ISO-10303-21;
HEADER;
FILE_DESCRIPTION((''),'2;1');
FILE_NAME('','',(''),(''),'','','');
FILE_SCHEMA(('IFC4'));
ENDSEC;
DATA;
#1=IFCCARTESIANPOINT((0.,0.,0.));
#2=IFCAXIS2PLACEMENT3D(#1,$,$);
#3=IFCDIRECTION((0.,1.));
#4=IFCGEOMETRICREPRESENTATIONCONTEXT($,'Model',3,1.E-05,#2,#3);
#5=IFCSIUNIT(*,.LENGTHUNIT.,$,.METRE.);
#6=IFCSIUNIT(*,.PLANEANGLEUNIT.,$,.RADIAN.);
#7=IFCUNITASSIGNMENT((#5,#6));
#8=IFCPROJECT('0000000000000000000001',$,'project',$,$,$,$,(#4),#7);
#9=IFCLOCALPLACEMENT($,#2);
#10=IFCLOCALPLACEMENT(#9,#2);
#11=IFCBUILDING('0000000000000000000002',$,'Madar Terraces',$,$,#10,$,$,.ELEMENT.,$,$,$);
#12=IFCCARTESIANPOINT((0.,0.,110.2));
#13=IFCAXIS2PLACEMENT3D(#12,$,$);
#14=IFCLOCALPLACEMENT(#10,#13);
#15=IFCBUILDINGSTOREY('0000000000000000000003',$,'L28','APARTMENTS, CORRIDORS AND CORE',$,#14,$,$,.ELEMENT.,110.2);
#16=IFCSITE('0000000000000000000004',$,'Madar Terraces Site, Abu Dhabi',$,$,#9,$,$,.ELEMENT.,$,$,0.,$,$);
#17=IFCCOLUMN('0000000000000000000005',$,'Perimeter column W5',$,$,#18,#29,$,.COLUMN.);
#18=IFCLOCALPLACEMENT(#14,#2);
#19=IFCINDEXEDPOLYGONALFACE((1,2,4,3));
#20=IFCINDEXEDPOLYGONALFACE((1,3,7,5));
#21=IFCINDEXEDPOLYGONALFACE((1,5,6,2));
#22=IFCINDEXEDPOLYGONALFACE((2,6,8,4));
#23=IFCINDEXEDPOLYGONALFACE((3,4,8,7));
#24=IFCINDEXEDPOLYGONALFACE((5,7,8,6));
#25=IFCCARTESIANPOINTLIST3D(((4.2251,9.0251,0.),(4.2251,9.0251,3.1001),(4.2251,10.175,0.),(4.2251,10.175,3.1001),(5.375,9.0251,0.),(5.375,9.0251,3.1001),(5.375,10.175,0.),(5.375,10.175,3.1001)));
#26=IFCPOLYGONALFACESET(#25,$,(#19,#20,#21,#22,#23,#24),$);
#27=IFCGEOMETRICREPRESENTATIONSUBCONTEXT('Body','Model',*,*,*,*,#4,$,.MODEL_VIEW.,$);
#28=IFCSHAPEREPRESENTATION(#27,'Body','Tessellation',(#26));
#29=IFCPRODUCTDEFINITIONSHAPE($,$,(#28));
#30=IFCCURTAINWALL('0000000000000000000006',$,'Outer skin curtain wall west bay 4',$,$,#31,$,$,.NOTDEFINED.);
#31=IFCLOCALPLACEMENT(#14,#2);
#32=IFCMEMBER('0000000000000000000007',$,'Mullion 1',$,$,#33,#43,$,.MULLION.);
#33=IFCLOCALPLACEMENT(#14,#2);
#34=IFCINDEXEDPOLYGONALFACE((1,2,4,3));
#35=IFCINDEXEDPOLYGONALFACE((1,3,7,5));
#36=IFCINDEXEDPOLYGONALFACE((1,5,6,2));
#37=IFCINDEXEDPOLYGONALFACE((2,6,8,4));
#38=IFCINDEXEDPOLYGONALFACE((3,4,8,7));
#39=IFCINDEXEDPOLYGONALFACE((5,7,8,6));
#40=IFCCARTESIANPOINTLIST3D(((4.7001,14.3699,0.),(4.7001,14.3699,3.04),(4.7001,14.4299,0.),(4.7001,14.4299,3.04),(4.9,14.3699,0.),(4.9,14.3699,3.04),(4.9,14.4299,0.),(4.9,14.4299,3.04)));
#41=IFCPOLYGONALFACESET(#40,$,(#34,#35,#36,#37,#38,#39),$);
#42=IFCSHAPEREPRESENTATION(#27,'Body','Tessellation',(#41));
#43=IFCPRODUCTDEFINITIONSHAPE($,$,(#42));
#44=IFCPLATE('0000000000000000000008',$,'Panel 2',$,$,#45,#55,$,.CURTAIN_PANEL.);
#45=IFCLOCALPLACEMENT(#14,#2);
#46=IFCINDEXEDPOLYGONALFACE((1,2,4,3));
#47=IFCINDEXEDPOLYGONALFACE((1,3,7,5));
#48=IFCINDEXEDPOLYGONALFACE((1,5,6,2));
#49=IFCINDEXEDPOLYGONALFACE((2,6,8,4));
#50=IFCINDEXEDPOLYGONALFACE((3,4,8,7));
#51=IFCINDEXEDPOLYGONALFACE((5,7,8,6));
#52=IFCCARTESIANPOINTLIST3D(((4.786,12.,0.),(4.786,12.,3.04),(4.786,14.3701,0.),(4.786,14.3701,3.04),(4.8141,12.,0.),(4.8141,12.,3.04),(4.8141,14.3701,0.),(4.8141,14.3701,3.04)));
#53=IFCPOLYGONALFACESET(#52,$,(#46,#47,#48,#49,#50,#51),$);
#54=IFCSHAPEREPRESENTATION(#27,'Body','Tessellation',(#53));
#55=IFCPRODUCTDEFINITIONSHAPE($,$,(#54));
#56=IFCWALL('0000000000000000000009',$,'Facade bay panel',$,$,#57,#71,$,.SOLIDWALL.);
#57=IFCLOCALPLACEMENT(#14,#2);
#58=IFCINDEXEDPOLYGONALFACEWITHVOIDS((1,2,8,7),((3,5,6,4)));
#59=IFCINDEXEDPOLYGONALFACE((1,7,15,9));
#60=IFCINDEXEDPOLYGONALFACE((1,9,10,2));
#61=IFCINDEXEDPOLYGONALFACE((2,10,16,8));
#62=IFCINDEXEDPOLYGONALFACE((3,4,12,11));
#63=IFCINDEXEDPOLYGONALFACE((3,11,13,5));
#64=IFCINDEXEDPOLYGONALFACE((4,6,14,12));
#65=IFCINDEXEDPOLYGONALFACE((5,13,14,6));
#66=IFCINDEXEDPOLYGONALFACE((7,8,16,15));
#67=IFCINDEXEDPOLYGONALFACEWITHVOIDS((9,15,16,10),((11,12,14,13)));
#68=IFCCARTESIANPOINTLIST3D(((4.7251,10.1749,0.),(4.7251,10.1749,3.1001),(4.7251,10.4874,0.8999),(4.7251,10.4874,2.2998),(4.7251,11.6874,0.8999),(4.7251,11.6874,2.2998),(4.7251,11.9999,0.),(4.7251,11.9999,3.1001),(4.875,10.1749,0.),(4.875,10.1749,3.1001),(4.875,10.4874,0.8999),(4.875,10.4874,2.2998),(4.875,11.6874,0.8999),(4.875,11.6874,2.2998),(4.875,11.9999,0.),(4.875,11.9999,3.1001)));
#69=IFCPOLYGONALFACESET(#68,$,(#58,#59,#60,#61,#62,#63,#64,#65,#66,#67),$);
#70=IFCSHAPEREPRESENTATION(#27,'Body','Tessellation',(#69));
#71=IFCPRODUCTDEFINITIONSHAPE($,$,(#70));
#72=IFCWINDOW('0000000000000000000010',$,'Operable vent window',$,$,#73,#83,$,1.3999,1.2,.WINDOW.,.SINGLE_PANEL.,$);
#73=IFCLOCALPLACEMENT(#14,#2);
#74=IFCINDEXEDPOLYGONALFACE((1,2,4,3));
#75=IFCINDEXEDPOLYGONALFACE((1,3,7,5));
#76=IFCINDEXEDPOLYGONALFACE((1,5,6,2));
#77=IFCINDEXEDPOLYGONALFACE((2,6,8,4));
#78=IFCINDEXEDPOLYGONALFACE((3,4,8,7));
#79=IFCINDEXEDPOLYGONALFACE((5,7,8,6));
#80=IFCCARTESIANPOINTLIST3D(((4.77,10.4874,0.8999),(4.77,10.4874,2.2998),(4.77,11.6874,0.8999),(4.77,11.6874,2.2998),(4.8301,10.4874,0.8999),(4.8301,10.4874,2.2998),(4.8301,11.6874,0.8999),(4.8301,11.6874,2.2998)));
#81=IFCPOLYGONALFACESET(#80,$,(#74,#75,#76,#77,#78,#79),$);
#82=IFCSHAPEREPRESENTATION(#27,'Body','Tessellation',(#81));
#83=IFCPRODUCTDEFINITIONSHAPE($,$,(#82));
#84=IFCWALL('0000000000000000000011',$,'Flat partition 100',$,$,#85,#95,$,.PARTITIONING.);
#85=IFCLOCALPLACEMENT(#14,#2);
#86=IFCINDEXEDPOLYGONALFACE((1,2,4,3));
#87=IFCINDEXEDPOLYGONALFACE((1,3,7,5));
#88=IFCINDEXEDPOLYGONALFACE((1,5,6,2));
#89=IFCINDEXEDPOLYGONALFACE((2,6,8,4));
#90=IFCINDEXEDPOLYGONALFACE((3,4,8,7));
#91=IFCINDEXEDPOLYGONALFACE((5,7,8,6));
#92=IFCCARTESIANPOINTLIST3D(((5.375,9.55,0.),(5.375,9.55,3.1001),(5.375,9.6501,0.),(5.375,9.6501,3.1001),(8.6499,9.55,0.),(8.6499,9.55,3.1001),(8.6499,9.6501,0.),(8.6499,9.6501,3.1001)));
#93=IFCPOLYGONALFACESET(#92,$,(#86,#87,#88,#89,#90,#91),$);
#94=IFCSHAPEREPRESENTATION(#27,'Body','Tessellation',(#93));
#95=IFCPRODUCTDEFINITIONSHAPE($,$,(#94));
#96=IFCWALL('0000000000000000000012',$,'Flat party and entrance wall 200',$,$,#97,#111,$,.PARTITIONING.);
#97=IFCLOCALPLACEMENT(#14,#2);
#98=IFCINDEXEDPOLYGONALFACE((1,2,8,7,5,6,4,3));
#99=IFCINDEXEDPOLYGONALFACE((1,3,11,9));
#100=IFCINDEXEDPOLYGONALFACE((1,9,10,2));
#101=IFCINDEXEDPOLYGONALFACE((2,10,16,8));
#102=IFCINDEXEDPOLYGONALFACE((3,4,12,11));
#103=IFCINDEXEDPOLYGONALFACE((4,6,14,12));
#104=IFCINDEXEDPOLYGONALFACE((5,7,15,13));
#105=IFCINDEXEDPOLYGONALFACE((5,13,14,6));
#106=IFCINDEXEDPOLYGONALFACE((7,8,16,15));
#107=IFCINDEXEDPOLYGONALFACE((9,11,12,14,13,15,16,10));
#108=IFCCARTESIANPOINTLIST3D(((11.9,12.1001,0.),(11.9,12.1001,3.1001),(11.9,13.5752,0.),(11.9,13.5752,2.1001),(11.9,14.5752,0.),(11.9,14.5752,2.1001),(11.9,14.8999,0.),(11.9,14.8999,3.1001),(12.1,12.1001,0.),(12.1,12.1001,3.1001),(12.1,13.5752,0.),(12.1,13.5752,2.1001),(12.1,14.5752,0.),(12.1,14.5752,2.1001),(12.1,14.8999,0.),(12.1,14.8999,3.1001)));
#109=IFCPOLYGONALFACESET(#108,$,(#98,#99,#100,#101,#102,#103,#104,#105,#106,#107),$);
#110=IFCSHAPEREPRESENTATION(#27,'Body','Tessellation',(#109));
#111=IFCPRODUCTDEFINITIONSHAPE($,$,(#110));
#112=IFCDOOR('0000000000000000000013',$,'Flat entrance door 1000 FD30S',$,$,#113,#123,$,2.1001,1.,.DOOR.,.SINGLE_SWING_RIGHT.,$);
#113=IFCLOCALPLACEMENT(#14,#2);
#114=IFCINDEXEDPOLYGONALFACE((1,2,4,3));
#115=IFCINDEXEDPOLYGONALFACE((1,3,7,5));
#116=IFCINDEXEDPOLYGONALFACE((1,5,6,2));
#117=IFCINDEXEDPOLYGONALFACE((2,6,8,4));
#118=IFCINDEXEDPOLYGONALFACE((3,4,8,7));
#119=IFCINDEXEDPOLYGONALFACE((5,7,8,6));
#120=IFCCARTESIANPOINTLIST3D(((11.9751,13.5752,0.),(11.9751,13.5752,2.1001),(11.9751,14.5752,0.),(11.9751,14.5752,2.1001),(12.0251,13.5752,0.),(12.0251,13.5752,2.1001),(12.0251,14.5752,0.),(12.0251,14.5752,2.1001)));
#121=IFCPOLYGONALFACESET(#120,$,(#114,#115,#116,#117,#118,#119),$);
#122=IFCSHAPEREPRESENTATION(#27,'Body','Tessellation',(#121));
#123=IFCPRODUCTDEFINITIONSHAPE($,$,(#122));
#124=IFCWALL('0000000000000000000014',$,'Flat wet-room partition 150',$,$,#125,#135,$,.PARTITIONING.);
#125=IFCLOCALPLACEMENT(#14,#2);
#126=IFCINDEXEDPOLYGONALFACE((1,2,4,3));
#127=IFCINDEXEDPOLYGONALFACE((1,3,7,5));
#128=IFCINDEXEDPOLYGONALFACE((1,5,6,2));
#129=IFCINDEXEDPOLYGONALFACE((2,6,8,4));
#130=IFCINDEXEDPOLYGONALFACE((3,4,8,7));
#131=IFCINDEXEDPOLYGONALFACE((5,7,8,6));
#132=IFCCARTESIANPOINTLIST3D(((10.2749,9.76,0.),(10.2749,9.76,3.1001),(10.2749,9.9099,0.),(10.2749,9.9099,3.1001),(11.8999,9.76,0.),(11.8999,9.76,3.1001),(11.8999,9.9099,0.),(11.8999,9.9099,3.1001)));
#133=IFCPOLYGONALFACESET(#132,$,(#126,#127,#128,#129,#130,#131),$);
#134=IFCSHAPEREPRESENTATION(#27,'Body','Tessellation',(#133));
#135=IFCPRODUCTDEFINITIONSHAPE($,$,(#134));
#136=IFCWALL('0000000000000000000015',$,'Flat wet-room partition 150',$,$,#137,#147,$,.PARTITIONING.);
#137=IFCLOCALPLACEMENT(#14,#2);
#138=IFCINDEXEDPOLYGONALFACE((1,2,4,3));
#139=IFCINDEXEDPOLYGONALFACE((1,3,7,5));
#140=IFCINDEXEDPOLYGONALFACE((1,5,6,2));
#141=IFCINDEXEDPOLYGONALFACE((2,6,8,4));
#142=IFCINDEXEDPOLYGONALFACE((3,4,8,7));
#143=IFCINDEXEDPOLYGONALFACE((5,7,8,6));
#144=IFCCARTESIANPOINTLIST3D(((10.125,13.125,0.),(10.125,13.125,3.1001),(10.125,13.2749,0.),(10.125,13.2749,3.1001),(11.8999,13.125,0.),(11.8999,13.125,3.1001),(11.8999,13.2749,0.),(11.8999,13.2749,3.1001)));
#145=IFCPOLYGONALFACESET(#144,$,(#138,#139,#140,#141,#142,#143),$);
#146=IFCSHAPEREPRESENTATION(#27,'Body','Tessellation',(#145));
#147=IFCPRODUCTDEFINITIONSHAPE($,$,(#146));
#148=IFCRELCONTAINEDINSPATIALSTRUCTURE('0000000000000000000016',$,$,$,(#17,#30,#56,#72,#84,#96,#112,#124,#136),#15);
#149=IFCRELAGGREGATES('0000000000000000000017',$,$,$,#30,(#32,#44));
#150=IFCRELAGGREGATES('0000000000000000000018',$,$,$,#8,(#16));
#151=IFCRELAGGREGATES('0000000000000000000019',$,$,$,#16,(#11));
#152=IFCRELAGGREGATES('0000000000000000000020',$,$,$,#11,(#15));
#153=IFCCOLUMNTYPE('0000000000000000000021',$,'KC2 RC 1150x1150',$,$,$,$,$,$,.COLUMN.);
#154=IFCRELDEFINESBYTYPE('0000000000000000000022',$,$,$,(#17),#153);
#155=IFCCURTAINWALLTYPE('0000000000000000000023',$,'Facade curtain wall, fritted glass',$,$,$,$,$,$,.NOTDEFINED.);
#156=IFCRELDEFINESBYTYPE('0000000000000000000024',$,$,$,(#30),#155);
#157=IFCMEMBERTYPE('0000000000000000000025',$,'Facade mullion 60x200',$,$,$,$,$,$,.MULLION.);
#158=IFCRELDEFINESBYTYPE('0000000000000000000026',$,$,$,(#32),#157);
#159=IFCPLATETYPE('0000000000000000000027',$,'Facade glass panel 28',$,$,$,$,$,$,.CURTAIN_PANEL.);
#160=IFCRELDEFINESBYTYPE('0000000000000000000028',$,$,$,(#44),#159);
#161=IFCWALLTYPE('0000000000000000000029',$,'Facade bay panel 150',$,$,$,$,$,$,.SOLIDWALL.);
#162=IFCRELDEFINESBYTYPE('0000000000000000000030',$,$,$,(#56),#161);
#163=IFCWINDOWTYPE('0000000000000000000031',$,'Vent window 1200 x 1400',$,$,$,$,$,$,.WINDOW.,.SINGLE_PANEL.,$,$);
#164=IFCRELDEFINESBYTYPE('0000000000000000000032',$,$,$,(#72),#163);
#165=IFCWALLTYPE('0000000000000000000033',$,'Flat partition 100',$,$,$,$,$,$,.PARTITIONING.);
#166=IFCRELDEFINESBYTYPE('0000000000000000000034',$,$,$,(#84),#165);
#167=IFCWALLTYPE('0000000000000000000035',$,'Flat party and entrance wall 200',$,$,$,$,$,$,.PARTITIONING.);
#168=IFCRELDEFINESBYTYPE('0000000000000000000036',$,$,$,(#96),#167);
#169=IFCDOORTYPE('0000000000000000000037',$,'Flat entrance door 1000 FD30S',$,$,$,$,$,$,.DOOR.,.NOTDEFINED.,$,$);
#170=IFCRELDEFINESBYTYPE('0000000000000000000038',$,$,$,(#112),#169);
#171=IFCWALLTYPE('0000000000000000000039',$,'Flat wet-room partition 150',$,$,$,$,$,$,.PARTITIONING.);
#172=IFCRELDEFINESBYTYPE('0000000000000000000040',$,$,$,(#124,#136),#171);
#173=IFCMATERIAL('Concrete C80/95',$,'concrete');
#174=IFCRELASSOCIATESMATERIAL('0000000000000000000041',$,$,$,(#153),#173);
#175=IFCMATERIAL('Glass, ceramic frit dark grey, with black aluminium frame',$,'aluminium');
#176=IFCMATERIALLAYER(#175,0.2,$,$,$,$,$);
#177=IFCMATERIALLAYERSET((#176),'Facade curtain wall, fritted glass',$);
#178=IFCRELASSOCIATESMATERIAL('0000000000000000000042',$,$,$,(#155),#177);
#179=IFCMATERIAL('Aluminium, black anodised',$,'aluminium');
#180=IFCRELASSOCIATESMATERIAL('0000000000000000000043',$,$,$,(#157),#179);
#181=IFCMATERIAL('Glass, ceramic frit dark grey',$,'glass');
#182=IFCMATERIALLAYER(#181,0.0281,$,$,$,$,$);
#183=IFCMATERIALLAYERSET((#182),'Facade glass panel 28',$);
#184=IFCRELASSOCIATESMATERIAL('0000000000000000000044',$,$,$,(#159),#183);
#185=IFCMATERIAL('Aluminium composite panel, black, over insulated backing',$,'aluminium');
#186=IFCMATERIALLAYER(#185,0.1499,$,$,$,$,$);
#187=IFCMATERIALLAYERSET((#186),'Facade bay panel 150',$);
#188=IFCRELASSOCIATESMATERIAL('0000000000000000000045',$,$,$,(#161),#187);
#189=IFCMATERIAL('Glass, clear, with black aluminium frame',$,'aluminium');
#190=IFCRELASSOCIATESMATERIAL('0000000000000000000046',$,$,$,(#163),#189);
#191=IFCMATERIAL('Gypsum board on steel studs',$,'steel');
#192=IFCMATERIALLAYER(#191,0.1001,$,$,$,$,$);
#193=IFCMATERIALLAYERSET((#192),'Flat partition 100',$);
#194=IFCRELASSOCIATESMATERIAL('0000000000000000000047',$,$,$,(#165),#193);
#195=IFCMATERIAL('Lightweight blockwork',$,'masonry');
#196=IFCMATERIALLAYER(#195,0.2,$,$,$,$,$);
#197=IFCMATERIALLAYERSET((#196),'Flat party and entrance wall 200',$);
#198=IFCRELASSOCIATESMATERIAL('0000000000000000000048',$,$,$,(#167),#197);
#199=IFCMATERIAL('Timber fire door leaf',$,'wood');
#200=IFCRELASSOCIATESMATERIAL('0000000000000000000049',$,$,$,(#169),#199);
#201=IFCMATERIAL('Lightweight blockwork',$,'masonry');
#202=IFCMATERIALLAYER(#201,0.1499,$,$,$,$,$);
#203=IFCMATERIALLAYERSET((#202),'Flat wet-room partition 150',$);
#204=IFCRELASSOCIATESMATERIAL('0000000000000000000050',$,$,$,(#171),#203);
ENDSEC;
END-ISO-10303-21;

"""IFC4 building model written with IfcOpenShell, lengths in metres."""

from ifc_helpers import new_model, si_unit, direction, frame, frame_2d, origin, origin_2d, place, context, subcontext, project, spatial, rectangle, extrude, material, layer, layer_set, material_profile, profile_set, type_object, element, fill, aggregate, save


model = new_model("IFC4")

# Units and contexts
model_context = context("Model", 3, precision=1e-05, world=origin(), true_north=direction((0.0, 1.0)))
body_context = subcontext(model_context, "Body", "Model", "MODEL_VIEW")
ifc_project = project(units=[si_unit("LENGTHUNIT", "METRE"), si_unit("PLANEANGLEUNIT", "RADIAN")], contexts=[model_context])

# Site, building, storey
site_placement = place(None, origin())
site = spatial("IfcSite", under=ifc_project, at=site_placement, Name="Madar Terraces Site, Abu Dhabi", CompositionType="ELEMENT", RefElevation=0.0)
building_placement = place(site_placement, origin())
building = spatial("IfcBuilding", under=site, at=building_placement, Name="Madar Terraces", CompositionType="ELEMENT")
storey_placement = place(building_placement, frame((0.0, 0.0, 110.2)))
storey = spatial("IfcBuildingStorey", under=building, at=storey_placement, Name="L28", Description="APARTMENTS, CORRIDORS AND CORE", CompositionType="ELEMENT", Elevation=110.2)

# Column
ifc_material_1 = material(Name="Concrete C80/95", Category="concrete")
ifc_material_profile_1 = material_profile(ifc_material_1, rectangle(XDim=1.1499, YDim=1.1499, at=origin_2d()), Name="KC2 RC 1150x1150")
ifc_profile_set_1 = profile_set([ifc_material_profile_1], Name="Concrete C80/95")
column_type = type_object("IfcColumnType", Name="KC2 RC 1150x1150", PredefinedType="COLUMN", material=ifc_profile_set_1)
column_placement = place(storey_placement, frame((4.8, 9.6001, 0.0), z_axis=(0.0, 0.0, 1.0), x_axis=(1.0, 0.0, 0.0)))
element("IfcColumn", 1, at=column_placement, inside=storey, type_object=column_type, Name="Perimeter column W5", PredefinedType="COLUMN", context=body_context, shape_type="SweptSolid", body=[
    extrude(rectangle(XDim=1.1499, YDim=1.1499, at=origin_2d()), origin(), (0.0, 0.0, 1.0), 3.1001),
])

# Curtain wall, member, plate
ifc_material_2 = material(Name="Glass, ceramic frit dark grey, with black aluminium frame", Category="aluminium")
ifc_layer_1 = layer(ifc_material_2, 0.2)
ifc_layer_set_1 = layer_set([ifc_layer_1], Name="Facade curtain wall, fritted glass")
curtain_wall_type = type_object("IfcCurtainWallType", Name="Facade curtain wall, fritted glass", PredefinedType="NOTDEFINED", material=ifc_layer_set_1)
curtain_wall_placement = place(storey_placement, origin())
curtain_wall = element("IfcCurtainWall", 2, at=curtain_wall_placement, inside=storey, type_object=curtain_wall_type, Name="Outer skin curtain wall west bay 4", PredefinedType="NOTDEFINED")
ifc_material_3 = material(Name="Aluminium, black anodised", Category="aluminium")
ifc_material_profile_2 = material_profile(ifc_material_3, rectangle(XDim=0.2, YDim=0.0601, at=origin_2d()), Name="Facade mullion 60x200")
ifc_profile_set_2 = profile_set([ifc_material_profile_2], Name="Aluminium, black anodised")
member_type = type_object("IfcMemberType", Name="Facade mullion 60x200", PredefinedType="MULLION", material=ifc_profile_set_2)
member_placement = place(storey_placement, frame((4.8, 14.3999, 0.0), z_axis=(0.0, 0.0, 1.0), x_axis=(1.0, 0.0, 0.0)))
member = element("IfcMember", 3, at=member_placement, type_object=member_type, Name="Mullion 1", PredefinedType="MULLION", context=body_context, shape_type="SweptSolid", body=[
    extrude(rectangle(XDim=0.2, YDim=0.0601, at=origin_2d()), origin(), (0.0, 0.0, 1.0), 3.04),
])
ifc_material_4 = material(Name="Glass, ceramic frit dark grey", Category="glass")
ifc_layer_2 = layer(ifc_material_4, 0.0281)
ifc_layer_set_2 = layer_set([ifc_layer_2], Name="Facade glass panel 28")
plate_type = type_object("IfcPlateType", Name="Facade glass panel 28", PredefinedType="CURTAIN_PANEL", material=ifc_layer_set_2)
plate_placement = place(storey_placement, frame((4.8, 13.1851, 0.0), z_axis=(0.0, 0.0, 1.0), x_axis=(0.0, -1.0, 0.0)))
plate = element("IfcPlate", 4, at=plate_placement, type_object=plate_type, Name="Panel 2", PredefinedType="CURTAIN_PANEL", context=body_context, shape_type="SweptSolid", body=[
    extrude(rectangle(XDim=2.3701, YDim=0.0281, at=origin_2d()), origin(), (0.0, 0.0, 1.0), 3.04),
])
aggregate(curtain_wall, [member, plate])

# Wall, opening, window
ifc_material_5 = material(Name="Aluminium composite panel, black, over insulated backing", Category="aluminium")
ifc_layer_3 = layer(ifc_material_5, 0.1499)
ifc_layer_set_3 = layer_set([ifc_layer_3], Name="Facade bay panel 150")
wall_type_1 = type_object("IfcWallType", Name="Facade bay panel 150", PredefinedType="SOLIDWALL", material=ifc_layer_set_3)
wall_1_placement = place(storey_placement, frame((4.8, 12.0, 0.0), z_axis=(0.0, 0.0, 1.0), x_axis=(0.0, -1.0, 0.0)))
wall_1 = element("IfcWall", 5, at=wall_1_placement, inside=storey, type_object=wall_type_1, Name="Facade bay panel", PredefinedType="SOLIDWALL", context=body_context, shape_type="SweptSolid", body=[
    extrude(rectangle(XDim=1.825, YDim=0.1499, at=frame_2d((0.9126, 0.0))), origin(), (0.0, 0.0, 1.0), 3.1001),
])
opening_1_placement = place(wall_1_placement, frame((0.3125, 0.0, 0.8999)))
opening_1 = element("IfcOpeningElement", 6, at=opening_1_placement, cuts=wall_1, PredefinedType="OPENING", context=body_context, shape_type="SweptSolid", body=[
    extrude(rectangle(XDim=1.2, YDim=1.3999, at=frame_2d((0.6001, 0.7))), frame((0.0, 0.085, 0.0), z_axis=(0.0, -1.0, 0.0), x_axis=(1.0, 0.0, 0.0)), (0.0, 0.0, 1.0), 0.1699),
])
ifc_material_6 = material(Name="Glass, clear, with black aluminium frame", Category="aluminium")
window_type = type_object("IfcWindowType", Name="Vent window 1200 x 1400", PartitioningType="SINGLE_PANEL", PredefinedType="WINDOW", material=ifc_material_6)
window_placement = place(opening_1_placement, origin())
window = element("IfcWindow", 7, at=window_placement, inside=storey, type_object=window_type, Name="Operable vent window", OverallHeight=1.3999, OverallWidth=1.2, PartitioningType="SINGLE_PANEL", PredefinedType="WINDOW", context=body_context, shape_type="SweptSolid", body=[
    extrude(rectangle(XDim=1.2, YDim=1.3999, at=frame_2d((0.6001, 0.7))), frame((0.0, 0.03, 0.0), z_axis=(0.0, -1.0, 0.0), x_axis=(1.0, 0.0, 0.0)), (0.0, 0.0, 1.0), 0.0601),
])
fill(opening_1, window)

# Wall
ifc_material_7 = material(Name="Gypsum board on steel studs", Category="steel")
ifc_layer_4 = layer(ifc_material_7, 0.1001)
ifc_layer_set_4 = layer_set([ifc_layer_4], Name="Flat partition 100")
wall_type_2 = type_object("IfcWallType", Name="Flat partition 100", PredefinedType="PARTITIONING", material=ifc_layer_set_4)
wall_2_placement = place(storey_placement, frame((8.6499, 9.6001, 0.0), z_axis=(0.0, 0.0, 1.0), x_axis=(-1.0, 0.0, 0.0)))
element("IfcWall", 8, at=wall_2_placement, inside=storey, type_object=wall_type_2, Name="Flat partition 100", PredefinedType="PARTITIONING", context=body_context, shape_type="SweptSolid", body=[
    extrude(rectangle(XDim=3.2749, YDim=0.1001, at=frame_2d((1.6375, 0.0))), origin(), (0.0, 0.0, 1.0), 3.1001),
])

# Wall, opening, door
ifc_material_8 = material(Name="Lightweight blockwork", Category="masonry")
ifc_layer_5 = layer(ifc_material_8, 0.2)
ifc_layer_set_5 = layer_set([ifc_layer_5], Name="Flat party and entrance wall 200")
wall_type_3 = type_object("IfcWallType", Name="Flat party and entrance wall 200", PredefinedType="PARTITIONING", material=ifc_layer_set_5)
wall_3_placement = place(storey_placement, frame((12.0, 12.1001, 0.0), z_axis=(0.0, 0.0, 1.0), x_axis=(0.0, 1.0, 0.0)))
wall_3 = element("IfcWall", 9, at=wall_3_placement, inside=storey, type_object=wall_type_3, Name="Flat party and entrance wall 200", PredefinedType="PARTITIONING", context=body_context, shape_type="SweptSolid", body=[
    extrude(rectangle(XDim=2.7998, YDim=0.2, at=frame_2d((1.3999, 0.0))), origin(), (0.0, 0.0, 1.0), 3.1001),
])
opening_2_placement = place(wall_3_placement, frame((1.4751, 0.0, 0.0)))
opening_2 = element("IfcOpeningElement", 10, at=opening_2_placement, cuts=wall_3, PredefinedType="OPENING", context=body_context, shape_type="SweptSolid", body=[
    extrude(rectangle(XDim=1.0, YDim=2.1001, at=frame_2d((0.5, 1.05))), frame((0.0, 0.1099, 0.0), z_axis=(0.0, -1.0, 0.0), x_axis=(1.0, 0.0, 0.0)), (0.0, 0.0, 1.0), 0.22),
])
ifc_material_9 = material(Name="Timber fire door leaf", Category="wood")
door_type_1 = type_object("IfcDoorType", Name="Flat entrance door 1000 FD30S", OperationType="NOTDEFINED", PredefinedType="DOOR", material=ifc_material_9)
door_1_placement = place(opening_2_placement, origin())
door_1 = element("IfcDoor", 11, at=door_1_placement, inside=storey, type_object=door_type_1, Name="Flat entrance door 1000 FD30S", OperationType="SINGLE_SWING_RIGHT", OverallHeight=2.1001, OverallWidth=1.0, PredefinedType="DOOR", context=body_context, shape_type="SweptSolid", body=[
    extrude(rectangle(XDim=1.0, YDim=2.1001, at=frame_2d((0.5, 1.05))), frame((0.0, 0.0249, 0.0), z_axis=(0.0, -1.0, 0.0), x_axis=(1.0, 0.0, 0.0)), (0.0, 0.0, 1.0), 0.05),
])
fill(opening_2, door_1)

# Walls
ifc_material_10 = material(Name="Lightweight blockwork", Category="masonry")
ifc_layer_6 = layer(ifc_material_10, 0.1499)
ifc_layer_set_6 = layer_set([ifc_layer_6], Name="Flat wet-room partition 150")
wall_type_4 = type_object("IfcWallType", Name="Flat wet-room partition 150", PredefinedType="PARTITIONING", material=ifc_layer_set_6)
wall_4_placement = place(storey_placement, frame((11.8999, 9.835, 0.0), z_axis=(0.0, 0.0, 1.0), x_axis=(-1.0, 0.0, 0.0)))
element("IfcWall", 12, at=wall_4_placement, inside=storey, type_object=wall_type_4, Name="Flat wet-room partition 150", PredefinedType="PARTITIONING", context=body_context, shape_type="SweptSolid", body=[
    extrude(rectangle(XDim=1.625, YDim=0.1499, at=frame_2d((0.8125, 0.0))), origin(), (0.0, 0.0, 1.0), 3.1001),
])
wall_5_placement = place(storey_placement, frame((11.8999, 13.2, 0.0), z_axis=(0.0, 0.0, 1.0), x_axis=(-1.0, 0.0, 0.0)))
element("IfcWall", 13, at=wall_5_placement, inside=storey, type_object=wall_type_4, Name="Flat wet-room partition 150", PredefinedType="PARTITIONING", context=body_context, shape_type="SweptSolid", body=[
    extrude(rectangle(XDim=1.7749, YDim=0.1499, at=frame_2d((0.8875, 0.0))), origin(), (0.0, 0.0, 1.0), 3.1001),
])

save(model, "model.ifc")
